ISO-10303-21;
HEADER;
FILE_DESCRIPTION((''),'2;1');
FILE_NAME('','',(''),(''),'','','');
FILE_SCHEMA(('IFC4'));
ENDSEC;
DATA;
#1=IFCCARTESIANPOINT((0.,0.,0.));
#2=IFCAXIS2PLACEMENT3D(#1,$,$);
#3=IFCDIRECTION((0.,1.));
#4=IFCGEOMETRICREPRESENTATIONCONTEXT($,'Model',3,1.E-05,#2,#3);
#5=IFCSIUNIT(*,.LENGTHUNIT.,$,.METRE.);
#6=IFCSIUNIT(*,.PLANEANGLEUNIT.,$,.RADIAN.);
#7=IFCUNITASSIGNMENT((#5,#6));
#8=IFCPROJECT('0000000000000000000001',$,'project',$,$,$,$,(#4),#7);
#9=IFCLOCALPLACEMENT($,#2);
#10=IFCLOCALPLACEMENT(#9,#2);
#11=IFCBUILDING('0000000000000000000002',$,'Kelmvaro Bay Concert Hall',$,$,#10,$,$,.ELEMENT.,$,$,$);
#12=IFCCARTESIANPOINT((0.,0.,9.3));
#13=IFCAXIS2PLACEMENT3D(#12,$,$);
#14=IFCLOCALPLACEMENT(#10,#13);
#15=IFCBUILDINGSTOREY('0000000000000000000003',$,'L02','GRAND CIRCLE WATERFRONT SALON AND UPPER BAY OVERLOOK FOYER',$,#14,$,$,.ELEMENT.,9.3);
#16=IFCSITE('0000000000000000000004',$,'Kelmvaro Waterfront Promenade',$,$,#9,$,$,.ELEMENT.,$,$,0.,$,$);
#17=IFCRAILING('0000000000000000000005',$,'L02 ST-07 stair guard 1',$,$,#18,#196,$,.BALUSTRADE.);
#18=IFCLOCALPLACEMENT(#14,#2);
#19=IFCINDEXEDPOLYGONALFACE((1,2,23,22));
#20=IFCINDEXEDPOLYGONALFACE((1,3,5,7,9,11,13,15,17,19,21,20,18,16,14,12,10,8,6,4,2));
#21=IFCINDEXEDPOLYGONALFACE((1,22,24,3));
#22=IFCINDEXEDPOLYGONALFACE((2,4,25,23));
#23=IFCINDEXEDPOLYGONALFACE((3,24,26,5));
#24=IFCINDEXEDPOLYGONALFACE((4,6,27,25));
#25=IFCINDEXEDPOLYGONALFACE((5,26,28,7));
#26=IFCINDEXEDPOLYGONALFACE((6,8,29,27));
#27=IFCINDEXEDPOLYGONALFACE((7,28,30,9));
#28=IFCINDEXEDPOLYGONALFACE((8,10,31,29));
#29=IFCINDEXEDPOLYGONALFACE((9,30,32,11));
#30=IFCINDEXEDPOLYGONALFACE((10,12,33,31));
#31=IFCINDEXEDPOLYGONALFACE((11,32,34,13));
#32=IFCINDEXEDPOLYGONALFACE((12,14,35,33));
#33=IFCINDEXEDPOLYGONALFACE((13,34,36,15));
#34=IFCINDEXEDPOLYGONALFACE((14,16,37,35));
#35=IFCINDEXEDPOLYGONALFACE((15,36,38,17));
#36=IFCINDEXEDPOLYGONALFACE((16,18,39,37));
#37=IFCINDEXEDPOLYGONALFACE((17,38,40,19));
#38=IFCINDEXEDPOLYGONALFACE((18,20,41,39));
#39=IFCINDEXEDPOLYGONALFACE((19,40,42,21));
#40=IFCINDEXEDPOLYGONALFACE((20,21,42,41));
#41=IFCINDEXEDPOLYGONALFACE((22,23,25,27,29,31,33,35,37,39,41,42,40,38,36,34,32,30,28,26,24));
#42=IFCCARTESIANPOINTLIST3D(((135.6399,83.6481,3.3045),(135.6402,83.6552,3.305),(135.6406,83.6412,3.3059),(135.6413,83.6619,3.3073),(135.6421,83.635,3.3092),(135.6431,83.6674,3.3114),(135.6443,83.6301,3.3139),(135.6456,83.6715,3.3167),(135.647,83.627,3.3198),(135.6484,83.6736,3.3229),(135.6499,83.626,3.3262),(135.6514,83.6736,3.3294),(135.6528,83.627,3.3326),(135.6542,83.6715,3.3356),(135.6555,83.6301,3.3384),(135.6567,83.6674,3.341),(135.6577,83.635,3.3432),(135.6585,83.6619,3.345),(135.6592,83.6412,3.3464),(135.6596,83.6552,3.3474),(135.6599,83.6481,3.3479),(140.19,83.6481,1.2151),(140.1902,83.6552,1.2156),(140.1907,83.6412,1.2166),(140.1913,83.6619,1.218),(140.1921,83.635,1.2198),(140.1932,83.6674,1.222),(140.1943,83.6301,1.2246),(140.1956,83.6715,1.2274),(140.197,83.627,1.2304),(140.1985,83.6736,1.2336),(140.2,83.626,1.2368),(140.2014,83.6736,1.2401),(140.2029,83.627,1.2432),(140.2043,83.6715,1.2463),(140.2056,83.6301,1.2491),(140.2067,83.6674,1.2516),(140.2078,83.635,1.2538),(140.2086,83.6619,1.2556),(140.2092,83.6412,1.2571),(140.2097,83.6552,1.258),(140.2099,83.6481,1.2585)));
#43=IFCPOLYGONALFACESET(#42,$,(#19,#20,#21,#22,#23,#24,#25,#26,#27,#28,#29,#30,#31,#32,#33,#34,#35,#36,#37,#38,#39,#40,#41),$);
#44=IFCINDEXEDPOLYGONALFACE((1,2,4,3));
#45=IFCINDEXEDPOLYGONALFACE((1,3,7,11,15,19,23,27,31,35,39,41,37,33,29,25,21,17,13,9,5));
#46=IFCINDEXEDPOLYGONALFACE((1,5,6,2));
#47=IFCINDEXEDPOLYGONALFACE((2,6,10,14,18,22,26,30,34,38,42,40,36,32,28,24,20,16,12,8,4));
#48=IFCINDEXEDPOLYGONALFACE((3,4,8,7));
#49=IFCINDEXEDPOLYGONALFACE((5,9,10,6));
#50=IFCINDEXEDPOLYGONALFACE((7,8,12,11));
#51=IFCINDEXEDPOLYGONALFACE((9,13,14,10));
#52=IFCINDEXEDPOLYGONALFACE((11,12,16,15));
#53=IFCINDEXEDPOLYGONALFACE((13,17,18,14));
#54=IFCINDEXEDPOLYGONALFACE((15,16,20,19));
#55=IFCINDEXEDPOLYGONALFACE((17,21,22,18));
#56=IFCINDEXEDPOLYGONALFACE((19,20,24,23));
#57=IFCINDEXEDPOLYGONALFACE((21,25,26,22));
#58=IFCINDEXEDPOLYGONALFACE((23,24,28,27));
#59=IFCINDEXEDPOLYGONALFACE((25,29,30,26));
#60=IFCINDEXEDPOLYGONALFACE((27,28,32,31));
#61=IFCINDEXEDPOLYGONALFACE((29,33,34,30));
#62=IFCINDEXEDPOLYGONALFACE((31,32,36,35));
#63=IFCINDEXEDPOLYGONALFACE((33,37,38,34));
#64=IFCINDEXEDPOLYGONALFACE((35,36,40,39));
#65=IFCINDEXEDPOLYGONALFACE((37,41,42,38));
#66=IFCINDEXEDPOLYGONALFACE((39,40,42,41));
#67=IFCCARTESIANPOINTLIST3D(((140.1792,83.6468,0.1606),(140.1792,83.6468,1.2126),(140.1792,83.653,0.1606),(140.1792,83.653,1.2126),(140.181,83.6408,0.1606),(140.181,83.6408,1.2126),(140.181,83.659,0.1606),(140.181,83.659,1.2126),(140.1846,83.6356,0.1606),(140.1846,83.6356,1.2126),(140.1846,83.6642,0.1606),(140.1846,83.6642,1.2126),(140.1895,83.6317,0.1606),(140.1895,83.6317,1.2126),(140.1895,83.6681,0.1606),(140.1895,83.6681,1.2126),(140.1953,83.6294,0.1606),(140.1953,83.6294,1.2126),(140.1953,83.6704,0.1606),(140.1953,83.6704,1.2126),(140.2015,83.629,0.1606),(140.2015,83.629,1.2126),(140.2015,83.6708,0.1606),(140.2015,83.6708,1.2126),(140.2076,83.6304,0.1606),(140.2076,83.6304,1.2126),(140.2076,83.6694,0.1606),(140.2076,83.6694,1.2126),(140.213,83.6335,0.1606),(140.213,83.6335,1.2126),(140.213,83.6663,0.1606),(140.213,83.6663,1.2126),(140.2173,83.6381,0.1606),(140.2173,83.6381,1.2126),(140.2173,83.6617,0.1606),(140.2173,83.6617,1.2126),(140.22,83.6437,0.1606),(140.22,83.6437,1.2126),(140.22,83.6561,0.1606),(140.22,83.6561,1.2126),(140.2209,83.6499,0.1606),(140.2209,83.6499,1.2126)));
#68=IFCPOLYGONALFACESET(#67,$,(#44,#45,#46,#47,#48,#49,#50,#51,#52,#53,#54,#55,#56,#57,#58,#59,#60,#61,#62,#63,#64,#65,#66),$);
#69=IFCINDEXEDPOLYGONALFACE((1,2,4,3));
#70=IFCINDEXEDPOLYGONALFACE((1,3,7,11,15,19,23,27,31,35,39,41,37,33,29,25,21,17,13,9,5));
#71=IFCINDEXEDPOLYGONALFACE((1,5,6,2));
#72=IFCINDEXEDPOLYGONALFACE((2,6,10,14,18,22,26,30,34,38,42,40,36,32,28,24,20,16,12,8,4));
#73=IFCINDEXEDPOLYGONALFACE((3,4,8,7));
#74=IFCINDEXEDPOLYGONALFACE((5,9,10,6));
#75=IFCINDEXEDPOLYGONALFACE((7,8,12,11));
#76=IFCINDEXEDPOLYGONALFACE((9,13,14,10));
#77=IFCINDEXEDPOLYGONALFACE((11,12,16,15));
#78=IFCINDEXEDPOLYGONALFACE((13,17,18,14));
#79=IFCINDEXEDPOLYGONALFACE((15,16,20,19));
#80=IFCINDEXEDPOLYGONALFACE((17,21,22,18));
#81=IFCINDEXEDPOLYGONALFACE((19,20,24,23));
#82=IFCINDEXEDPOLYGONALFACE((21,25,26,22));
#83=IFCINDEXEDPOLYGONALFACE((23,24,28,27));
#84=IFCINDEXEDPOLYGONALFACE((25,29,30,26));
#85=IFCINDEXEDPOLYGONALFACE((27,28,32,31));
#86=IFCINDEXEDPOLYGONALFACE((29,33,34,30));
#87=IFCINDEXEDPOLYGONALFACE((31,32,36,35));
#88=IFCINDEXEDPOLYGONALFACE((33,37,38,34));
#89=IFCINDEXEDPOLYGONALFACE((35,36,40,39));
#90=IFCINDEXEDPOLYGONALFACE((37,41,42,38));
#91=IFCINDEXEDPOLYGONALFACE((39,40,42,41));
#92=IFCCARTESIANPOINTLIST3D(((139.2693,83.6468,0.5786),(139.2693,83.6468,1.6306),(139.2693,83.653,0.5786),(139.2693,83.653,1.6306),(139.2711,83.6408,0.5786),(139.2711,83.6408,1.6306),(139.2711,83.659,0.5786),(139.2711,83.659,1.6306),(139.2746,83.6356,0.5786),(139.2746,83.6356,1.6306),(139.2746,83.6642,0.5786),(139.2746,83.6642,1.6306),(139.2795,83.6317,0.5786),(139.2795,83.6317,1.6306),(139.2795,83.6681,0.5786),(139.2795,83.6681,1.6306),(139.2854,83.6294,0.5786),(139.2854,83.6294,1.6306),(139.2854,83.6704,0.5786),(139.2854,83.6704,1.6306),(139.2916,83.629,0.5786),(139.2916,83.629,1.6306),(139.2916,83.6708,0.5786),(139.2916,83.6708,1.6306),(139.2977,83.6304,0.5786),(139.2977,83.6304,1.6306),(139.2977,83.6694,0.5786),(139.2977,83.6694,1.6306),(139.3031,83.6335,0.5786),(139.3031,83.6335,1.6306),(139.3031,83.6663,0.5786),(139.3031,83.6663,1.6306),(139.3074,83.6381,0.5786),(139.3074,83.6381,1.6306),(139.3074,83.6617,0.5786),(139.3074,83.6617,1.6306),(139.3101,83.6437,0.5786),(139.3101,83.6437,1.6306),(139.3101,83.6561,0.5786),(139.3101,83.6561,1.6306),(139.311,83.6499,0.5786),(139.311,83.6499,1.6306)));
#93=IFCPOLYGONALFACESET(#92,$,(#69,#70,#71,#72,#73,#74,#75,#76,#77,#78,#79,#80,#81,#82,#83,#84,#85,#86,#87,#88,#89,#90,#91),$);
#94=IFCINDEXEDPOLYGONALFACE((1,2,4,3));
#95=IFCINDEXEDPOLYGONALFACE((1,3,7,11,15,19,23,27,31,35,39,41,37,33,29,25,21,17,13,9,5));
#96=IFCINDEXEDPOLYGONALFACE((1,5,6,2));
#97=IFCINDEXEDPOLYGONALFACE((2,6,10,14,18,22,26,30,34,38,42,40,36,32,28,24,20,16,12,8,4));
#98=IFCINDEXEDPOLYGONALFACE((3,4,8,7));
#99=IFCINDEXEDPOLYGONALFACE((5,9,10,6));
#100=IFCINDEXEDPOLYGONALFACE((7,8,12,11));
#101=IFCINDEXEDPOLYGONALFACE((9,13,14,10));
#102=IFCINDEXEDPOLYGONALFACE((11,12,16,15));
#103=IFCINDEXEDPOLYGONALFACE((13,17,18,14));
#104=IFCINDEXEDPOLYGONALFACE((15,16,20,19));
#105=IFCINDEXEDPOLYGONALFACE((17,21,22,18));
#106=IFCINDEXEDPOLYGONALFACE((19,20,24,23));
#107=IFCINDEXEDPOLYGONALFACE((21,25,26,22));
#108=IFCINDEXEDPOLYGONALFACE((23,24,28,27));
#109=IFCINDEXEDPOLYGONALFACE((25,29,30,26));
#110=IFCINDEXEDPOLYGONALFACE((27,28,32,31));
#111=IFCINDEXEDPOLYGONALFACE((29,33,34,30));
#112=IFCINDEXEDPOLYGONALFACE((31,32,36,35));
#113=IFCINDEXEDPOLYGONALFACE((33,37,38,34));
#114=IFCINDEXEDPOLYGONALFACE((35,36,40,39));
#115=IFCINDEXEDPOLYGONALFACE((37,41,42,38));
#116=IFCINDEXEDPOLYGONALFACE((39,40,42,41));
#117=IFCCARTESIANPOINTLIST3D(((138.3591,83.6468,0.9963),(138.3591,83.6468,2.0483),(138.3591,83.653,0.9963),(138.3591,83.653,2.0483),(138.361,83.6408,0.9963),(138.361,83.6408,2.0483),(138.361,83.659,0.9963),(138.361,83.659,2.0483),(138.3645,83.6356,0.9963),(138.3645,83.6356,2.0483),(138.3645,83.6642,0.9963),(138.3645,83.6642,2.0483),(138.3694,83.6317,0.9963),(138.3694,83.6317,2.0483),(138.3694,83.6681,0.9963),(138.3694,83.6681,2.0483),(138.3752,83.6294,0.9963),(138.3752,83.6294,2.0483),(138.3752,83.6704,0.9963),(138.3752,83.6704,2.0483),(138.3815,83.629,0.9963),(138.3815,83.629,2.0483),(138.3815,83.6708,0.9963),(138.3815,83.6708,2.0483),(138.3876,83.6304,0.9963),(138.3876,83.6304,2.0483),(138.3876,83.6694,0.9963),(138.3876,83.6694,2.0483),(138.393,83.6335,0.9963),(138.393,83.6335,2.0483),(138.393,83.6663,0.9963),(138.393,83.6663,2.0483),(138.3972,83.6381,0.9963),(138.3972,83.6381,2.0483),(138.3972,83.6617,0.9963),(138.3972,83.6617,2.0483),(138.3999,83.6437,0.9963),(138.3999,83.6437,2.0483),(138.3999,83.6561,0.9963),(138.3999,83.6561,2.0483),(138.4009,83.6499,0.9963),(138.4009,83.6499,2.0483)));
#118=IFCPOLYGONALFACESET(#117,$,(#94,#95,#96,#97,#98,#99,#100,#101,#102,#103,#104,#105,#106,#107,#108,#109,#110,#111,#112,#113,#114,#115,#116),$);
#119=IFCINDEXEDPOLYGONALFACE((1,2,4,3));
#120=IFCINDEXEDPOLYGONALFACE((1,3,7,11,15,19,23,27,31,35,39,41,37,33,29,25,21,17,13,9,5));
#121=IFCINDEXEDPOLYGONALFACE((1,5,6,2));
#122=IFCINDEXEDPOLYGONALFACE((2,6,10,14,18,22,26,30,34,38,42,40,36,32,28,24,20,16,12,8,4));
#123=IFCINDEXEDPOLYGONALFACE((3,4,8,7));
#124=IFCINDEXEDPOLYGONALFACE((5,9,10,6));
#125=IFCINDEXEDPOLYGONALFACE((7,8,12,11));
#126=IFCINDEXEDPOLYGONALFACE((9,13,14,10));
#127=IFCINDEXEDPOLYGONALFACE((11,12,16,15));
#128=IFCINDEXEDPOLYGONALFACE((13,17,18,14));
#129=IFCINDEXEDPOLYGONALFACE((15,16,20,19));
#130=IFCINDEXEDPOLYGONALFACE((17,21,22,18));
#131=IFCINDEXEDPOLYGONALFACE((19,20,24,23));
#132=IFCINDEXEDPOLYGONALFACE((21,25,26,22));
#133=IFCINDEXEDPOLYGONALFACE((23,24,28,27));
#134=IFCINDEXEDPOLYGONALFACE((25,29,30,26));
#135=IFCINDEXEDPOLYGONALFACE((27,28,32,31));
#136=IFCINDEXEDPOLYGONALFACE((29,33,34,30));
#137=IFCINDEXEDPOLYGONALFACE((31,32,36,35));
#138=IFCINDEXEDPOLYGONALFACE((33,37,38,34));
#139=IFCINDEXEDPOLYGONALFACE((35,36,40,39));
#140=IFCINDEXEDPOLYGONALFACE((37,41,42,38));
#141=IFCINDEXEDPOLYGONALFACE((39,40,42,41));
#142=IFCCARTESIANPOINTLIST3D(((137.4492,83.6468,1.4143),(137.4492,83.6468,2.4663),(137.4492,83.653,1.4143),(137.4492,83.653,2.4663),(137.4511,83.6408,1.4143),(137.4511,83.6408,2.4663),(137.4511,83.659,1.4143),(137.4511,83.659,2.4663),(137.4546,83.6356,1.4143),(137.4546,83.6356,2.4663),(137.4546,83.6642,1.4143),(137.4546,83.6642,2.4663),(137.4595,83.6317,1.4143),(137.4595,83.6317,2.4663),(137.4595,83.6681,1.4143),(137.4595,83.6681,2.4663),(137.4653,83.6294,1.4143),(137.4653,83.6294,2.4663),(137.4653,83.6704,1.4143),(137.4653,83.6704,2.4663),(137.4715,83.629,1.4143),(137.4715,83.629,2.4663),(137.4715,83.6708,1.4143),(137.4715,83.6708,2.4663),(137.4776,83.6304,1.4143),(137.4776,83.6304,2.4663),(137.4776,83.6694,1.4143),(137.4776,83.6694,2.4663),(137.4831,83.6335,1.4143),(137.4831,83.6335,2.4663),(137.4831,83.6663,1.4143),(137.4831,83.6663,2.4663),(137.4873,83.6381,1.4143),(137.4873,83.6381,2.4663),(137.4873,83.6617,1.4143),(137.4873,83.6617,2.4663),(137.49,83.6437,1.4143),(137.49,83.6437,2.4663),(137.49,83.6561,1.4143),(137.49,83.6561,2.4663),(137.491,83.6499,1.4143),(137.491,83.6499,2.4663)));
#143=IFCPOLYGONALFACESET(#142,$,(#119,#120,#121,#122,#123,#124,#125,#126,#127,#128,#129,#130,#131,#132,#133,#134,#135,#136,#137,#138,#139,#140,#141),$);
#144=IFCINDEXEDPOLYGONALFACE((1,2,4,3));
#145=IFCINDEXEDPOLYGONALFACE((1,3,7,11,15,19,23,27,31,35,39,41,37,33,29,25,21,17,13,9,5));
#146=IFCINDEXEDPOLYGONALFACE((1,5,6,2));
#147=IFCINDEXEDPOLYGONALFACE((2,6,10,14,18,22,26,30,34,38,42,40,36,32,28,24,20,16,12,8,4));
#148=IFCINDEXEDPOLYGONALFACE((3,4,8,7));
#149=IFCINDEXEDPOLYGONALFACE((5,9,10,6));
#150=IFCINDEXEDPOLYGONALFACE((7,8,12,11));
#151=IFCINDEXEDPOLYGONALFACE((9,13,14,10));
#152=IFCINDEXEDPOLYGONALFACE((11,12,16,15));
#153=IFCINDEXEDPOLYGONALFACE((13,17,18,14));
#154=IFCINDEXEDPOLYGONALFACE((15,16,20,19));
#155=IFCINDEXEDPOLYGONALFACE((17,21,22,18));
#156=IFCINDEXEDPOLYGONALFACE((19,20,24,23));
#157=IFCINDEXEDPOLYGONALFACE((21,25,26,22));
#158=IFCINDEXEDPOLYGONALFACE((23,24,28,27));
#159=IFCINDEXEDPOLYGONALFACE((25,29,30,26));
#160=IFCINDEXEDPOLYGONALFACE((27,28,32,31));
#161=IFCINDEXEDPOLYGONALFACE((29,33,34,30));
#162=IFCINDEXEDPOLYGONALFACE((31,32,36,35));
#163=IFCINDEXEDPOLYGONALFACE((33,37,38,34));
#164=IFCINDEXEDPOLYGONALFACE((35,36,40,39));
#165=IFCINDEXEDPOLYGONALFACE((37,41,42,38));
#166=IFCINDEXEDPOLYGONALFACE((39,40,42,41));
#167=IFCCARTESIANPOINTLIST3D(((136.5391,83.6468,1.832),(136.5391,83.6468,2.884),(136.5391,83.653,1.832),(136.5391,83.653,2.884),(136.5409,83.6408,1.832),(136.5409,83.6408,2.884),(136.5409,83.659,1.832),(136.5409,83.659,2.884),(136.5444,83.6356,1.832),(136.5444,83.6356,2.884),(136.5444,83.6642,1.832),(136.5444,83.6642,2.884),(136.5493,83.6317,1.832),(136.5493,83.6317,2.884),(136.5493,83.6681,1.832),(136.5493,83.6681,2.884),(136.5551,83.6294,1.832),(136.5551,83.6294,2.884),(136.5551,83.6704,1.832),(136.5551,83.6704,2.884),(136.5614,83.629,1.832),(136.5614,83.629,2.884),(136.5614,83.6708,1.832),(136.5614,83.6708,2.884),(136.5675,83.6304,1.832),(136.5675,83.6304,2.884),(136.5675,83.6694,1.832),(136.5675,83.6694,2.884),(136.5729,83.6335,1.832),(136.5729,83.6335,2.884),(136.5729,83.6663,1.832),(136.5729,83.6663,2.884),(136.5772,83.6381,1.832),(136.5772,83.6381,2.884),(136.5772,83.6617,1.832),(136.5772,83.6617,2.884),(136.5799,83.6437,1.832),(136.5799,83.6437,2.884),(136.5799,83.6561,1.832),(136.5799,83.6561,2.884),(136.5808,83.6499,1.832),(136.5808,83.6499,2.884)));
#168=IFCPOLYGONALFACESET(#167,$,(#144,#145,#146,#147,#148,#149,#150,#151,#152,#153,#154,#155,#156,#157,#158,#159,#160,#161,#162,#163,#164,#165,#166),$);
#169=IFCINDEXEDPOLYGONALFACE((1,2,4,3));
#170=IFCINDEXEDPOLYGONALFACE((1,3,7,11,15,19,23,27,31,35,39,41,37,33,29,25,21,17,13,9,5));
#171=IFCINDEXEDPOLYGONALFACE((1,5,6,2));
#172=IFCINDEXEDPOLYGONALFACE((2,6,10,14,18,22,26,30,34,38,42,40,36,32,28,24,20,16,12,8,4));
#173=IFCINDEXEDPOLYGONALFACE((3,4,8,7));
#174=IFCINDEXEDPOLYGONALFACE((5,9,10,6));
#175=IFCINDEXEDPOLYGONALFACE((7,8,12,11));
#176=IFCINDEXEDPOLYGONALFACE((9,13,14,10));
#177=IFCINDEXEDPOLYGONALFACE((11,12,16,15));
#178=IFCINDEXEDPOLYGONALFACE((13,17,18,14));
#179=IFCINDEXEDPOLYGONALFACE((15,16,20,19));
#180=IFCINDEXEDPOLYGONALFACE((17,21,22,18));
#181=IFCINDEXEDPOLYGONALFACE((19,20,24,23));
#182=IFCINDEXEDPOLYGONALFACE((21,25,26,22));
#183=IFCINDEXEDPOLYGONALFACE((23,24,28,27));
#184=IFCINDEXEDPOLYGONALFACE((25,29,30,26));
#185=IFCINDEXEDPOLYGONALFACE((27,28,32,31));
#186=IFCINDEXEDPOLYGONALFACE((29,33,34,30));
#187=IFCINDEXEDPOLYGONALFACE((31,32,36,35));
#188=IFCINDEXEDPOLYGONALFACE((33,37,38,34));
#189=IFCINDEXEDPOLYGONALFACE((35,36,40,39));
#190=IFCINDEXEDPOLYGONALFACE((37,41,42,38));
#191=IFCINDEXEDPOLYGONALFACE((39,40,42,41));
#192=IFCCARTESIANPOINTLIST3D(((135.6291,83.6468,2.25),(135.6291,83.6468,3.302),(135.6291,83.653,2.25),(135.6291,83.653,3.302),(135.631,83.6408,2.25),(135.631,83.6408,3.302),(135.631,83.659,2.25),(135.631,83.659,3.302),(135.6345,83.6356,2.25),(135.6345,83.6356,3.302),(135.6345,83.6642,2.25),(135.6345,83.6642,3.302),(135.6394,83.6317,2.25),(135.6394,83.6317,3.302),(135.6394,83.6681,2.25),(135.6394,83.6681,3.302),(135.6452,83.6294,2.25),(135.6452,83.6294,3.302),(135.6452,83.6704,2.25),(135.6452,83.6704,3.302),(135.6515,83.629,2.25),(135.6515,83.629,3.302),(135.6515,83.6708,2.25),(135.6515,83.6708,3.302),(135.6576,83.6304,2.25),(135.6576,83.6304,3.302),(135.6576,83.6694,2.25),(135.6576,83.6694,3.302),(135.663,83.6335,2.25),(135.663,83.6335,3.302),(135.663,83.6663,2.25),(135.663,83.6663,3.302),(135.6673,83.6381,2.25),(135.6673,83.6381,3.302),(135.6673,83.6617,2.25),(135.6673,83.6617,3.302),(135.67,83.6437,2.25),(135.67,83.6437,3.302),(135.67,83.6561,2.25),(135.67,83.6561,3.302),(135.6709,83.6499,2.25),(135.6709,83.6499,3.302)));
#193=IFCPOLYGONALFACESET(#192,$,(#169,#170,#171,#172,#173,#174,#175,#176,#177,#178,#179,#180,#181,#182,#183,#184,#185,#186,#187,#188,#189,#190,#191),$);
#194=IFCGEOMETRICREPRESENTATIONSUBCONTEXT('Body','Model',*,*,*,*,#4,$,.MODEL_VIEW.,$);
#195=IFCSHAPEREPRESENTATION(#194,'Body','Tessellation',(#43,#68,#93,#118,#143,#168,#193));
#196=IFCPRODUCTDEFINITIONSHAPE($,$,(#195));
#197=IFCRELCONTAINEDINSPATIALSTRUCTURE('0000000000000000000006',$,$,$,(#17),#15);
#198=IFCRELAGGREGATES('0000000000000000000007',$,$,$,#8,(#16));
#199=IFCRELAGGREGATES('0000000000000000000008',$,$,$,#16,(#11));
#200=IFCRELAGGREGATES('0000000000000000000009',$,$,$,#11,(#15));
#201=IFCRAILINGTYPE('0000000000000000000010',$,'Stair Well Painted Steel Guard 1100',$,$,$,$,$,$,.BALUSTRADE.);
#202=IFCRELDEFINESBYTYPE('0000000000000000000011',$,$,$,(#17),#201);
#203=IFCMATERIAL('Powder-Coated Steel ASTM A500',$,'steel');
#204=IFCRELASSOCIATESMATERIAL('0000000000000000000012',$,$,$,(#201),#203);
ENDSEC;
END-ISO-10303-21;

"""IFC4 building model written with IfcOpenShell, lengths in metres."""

from ifc_helpers import new_model, si_unit, direction, frame, origin, origin_2d, place, context, subcontext, project, spatial, circle, extrude, material, type_object, element, save


model = new_model("IFC4")

# Units and contexts
model_context = context("Model", 3, precision=1e-05, world=origin(), true_north=direction((0.0, 1.0)))
body_context = subcontext(model_context, "Body", "Model", "MODEL_VIEW")
ifc_project = project(units=[si_unit("LENGTHUNIT", "METRE"), si_unit("PLANEANGLEUNIT", "RADIAN")], contexts=[model_context])

# Site, building, storey
site_placement = place(None, origin())
site = spatial("IfcSite", under=ifc_project, at=site_placement, Name="Kelmvaro Waterfront Promenade", CompositionType="ELEMENT", RefElevation=0.0)
building_placement = place(site_placement, origin())
building = spatial("IfcBuilding", under=site, at=building_placement, Name="Kelmvaro Bay Concert Hall", CompositionType="ELEMENT")
storey_placement = place(building_placement, frame((0.0, 0.0, 9.3)))
storey = spatial("IfcBuildingStorey", under=building, at=storey_placement, Name="L02", Description="GRAND CIRCLE WATERFRONT SALON AND UPPER BAY OVERLOOK FOYER", CompositionType="ELEMENT", Elevation=9.3)

# Railing
ifc_material_1 = material(Name="Powder-Coated Steel ASTM A500", Category="steel")
railing_type_1 = type_object("IfcRailingType", Name="Stair Well Painted Steel Guard 1100", PredefinedType="BALUSTRADE", material=ifc_material_1)
railing_1_placement = place(storey_placement, frame((140.2, 83.6499, 0.1606)))
element("IfcRailing", 1, at=railing_1_placement, inside=storey, type_object=railing_type_1, Name="L02 ST-07 stair guard 1", PredefinedType="BALUSTRADE", context=body_context, shape_type="SweptSolid", body=[
    extrude(circle(Radius=0.0239, at=origin_2d()), frame((0.0, 0.0, 1.0762), z_axis=(-0.908768, 0.0, 0.417301), x_axis=(0.0, -1.0, 0.0)), (0.0, 0.0, 1.0), 5.0068),
    extrude(circle(Radius=0.021, at=origin_2d()), origin(), (0.0, 0.0, 1.0), 1.052),
    extrude(circle(Radius=0.021, at=origin_2d()), frame((-0.9099, 0.0, 0.418)), (0.0, 0.0, 1.0), 1.052),
    extrude(circle(Radius=0.021, at=origin_2d()), frame((-1.8201, 0.0, 0.8357)), (0.0, 0.0, 1.0), 1.052),
    extrude(circle(Radius=0.021, at=origin_2d()), frame((-2.73, 0.0, 1.2537)), (0.0, 0.0, 1.0), 1.052),
    extrude(circle(Radius=0.021, at=origin_2d()), frame((-3.6401, 0.0, 1.6714)), (0.0, 0.0, 1.0), 1.052),
    extrude(circle(Radius=0.021, at=origin_2d()), frame((-4.55, 0.0, 2.0894)), (0.0, 0.0, 1.0), 1.052),
])

save(model, "model.ifc")
